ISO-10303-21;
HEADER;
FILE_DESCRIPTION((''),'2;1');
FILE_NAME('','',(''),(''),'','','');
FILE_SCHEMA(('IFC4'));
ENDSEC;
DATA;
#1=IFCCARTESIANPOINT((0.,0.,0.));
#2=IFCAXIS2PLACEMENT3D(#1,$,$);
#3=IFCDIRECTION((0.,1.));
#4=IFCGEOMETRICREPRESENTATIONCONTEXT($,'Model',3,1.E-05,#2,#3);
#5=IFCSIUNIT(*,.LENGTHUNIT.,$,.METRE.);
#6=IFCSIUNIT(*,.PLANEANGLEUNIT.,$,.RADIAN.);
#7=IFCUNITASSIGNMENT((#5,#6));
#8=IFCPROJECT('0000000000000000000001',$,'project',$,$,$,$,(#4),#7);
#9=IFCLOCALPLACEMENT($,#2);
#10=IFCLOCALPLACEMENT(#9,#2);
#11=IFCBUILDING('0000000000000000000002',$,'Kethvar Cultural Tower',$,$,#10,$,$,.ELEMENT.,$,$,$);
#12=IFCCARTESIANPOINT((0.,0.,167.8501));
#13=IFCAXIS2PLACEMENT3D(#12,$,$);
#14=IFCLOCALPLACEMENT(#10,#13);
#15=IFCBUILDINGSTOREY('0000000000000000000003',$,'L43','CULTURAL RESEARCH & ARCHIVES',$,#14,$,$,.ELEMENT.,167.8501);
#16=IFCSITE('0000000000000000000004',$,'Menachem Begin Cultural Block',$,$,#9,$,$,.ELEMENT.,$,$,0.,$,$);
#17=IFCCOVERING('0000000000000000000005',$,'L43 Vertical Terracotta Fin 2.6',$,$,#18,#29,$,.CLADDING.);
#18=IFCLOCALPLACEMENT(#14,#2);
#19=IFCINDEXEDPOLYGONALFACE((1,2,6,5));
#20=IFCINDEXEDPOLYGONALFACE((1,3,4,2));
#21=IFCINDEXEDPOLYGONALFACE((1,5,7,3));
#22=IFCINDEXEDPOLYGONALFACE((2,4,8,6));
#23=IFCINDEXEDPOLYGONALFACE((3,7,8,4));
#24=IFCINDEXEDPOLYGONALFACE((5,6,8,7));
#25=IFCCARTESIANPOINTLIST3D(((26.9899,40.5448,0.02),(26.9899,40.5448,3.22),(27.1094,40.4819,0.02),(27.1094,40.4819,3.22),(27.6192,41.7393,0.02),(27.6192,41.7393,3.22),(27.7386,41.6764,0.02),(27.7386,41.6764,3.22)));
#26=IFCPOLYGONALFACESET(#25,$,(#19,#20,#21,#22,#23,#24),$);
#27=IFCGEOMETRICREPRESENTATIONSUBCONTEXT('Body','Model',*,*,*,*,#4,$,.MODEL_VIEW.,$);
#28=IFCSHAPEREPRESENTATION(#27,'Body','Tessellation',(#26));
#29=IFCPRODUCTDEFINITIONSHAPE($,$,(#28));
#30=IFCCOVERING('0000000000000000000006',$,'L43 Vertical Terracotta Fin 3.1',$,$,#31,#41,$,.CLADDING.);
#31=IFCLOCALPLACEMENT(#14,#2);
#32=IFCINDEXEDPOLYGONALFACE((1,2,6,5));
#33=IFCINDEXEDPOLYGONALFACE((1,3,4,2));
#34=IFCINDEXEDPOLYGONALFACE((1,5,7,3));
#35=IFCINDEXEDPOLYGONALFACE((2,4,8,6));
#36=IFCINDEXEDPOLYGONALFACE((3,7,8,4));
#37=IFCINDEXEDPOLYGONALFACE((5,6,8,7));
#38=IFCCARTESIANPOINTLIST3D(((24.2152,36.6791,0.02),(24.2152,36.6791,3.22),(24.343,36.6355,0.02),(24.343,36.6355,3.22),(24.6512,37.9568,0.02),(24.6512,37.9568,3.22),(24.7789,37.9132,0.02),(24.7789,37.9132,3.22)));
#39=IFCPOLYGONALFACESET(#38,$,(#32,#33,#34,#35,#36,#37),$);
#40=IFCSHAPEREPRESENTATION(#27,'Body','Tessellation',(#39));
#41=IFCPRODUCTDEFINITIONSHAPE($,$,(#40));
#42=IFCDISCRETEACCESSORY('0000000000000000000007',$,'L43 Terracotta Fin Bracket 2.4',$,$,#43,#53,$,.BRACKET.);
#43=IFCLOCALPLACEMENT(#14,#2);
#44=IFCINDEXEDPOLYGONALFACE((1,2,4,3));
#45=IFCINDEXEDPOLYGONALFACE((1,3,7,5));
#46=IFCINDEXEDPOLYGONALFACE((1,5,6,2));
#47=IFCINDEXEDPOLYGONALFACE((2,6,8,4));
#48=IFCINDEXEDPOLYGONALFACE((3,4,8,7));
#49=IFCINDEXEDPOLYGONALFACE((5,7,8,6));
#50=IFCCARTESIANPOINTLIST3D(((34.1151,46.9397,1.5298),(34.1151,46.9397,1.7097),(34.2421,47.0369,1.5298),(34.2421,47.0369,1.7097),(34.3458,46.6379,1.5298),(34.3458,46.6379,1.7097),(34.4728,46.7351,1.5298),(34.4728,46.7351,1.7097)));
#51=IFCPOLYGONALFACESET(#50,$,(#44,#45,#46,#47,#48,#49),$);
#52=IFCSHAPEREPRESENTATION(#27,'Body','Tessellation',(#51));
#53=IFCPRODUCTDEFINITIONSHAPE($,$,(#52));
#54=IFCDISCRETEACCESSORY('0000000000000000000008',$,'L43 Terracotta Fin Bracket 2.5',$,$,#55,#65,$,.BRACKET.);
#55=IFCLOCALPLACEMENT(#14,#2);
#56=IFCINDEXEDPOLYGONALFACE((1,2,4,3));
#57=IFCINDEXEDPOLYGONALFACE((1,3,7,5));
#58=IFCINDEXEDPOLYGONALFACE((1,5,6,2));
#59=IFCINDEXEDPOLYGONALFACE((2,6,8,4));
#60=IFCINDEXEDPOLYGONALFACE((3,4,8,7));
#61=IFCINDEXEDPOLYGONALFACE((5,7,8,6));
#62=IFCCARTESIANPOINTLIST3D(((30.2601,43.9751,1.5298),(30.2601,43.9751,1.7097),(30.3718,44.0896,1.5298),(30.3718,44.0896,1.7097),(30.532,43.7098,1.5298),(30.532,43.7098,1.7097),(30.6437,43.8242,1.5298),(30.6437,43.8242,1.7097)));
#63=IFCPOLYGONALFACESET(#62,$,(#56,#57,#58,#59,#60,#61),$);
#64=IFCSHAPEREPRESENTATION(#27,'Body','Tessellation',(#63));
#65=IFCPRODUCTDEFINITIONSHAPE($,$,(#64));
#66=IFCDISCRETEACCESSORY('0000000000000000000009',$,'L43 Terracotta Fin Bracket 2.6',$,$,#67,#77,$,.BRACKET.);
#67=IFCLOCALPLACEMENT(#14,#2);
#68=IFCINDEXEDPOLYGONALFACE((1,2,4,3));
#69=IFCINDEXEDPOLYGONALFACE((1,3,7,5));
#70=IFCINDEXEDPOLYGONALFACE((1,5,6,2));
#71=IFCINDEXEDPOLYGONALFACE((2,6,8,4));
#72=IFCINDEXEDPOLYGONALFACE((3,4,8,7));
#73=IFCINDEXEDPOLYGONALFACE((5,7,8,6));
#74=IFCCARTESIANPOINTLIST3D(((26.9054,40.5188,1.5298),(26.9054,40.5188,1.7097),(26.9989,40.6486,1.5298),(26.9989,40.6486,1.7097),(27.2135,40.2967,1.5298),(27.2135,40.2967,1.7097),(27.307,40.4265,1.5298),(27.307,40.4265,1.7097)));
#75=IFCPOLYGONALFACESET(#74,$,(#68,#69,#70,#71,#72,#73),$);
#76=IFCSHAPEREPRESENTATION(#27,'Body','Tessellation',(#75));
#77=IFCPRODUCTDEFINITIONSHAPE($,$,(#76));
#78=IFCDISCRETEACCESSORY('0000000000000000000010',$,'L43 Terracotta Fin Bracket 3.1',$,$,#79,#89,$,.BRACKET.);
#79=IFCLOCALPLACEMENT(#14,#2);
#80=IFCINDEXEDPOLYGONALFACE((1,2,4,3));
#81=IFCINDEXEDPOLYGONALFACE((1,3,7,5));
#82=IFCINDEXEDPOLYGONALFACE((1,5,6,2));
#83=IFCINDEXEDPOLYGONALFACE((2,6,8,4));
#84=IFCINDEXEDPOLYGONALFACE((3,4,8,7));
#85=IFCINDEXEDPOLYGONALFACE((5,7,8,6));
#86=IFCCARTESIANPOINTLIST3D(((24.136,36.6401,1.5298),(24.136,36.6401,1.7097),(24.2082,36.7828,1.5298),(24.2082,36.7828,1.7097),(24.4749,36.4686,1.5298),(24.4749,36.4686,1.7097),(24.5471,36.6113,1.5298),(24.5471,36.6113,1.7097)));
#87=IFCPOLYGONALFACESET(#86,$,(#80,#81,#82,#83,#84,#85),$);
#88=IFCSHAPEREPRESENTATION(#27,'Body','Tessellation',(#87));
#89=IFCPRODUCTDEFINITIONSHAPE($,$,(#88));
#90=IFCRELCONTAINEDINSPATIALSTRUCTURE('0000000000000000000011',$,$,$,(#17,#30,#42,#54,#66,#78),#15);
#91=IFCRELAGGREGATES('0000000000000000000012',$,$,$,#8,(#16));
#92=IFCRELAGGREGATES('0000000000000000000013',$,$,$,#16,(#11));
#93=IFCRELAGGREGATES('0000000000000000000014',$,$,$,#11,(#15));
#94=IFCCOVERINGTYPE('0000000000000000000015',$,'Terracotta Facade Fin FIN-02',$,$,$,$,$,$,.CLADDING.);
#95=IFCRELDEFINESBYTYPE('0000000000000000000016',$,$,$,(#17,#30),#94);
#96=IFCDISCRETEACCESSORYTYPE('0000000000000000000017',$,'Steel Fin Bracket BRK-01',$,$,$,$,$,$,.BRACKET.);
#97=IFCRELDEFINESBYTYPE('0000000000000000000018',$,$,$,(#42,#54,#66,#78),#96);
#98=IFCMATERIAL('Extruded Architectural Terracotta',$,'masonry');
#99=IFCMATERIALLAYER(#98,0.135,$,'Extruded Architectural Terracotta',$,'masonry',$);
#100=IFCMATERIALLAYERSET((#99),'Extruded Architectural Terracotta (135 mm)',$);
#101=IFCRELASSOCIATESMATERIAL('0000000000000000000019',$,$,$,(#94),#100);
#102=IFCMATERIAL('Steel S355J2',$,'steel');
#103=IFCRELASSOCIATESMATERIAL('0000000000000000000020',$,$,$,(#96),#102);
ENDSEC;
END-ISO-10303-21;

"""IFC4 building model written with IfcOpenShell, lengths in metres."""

from ifc_helpers import new_model, si_unit, direction, frame, origin, origin_2d, place, context, subcontext, project, spatial, rectangle, extrude, source, transform, mapped, material, layer, layer_set, type_object, element, save


model = new_model("IFC4")

# Units and contexts
model_context = context("Model", 3, precision=1e-05, world=origin(), true_north=direction((0.0, 1.0)))
body_context = subcontext(model_context, "Body", "Model", "MODEL_VIEW")
ifc_project = project(units=[si_unit("LENGTHUNIT", "METRE"), si_unit("PLANEANGLEUNIT", "RADIAN")], contexts=[model_context])

# Site, building, storey
site_placement = place(None, origin())
site = spatial("IfcSite", under=ifc_project, at=site_placement, Name="Menachem Begin Cultural Block", CompositionType="ELEMENT", RefElevation=0.0)
building_placement = place(site_placement, origin())
building = spatial("IfcBuilding", under=site, at=building_placement, Name="Kethvar Cultural Tower", CompositionType="ELEMENT")
storey_placement = place(building_placement, frame((0.0, 0.0, 167.8501)))
storey = spatial("IfcBuildingStorey", under=building, at=storey_placement, Name="L43", Description="CULTURAL RESEARCH & ARCHIVES", CompositionType="ELEMENT", Elevation=167.8501)

# Shared definitions
ifc_material_1 = material(Name="Steel S355J2", Category="steel")

# Coverings
ifc_material_2 = material(Name="Extruded Architectural Terracotta", Category="masonry")
ifc_layer_1 = layer(ifc_material_2, 0.135, Name="Extruded Architectural Terracotta", Category="masonry")
ifc_layer_set_1 = layer_set([ifc_layer_1], Name="Extruded Architectural Terracotta (135 mm)")
covering_type = type_object("IfcCoveringType", Name="Terracotta Facade Fin FIN-02", PredefinedType="CLADDING", material=ifc_layer_set_1)
shared_shape_1 = source(origin(), body_context, "Body", "SweptSolid", [
    extrude(rectangle(XDim=1.3501, YDim=0.135, at=origin_2d()), origin(), (0.0, 0.0, 1.0), 3.2),
])
for number, where, z_axis, x_axis, name in (
    (1, (27.3643, 41.1106, 0.02), (0.0, 0.0, 1.0), (0.466078, 0.884744, 0.0), "L43 Vertical Terracotta Fin 2.6"),
    (2, (24.4971, 37.2961, 0.02), (0.0, 0.0, 1.0), (0.322927, 0.946424, 0.0), "L43 Vertical Terracotta Fin 3.1"),
):
    element("IfcCovering", number, at=place(storey_placement, frame(where, z_axis=z_axis, x_axis=x_axis)), inside=storey, type_object=covering_type, Name=name, PredefinedType="CLADDING", context=body_context, shape_type="MappedRepresentation", body=[
        mapped(shared_shape_1, transform((0.0, 0.0, 0.0), scale=1.0)),
    ])

# Discrete accessories
discrete_accessory_type = type_object("IfcDiscreteAccessoryType", Name="Steel Fin Bracket BRK-01", PredefinedType="BRACKET", material=ifc_material_1)
shared_shape_2 = source(origin(), body_context, "Body", "SweptSolid", [
    extrude(rectangle(XDim=0.3799, YDim=0.1599, at=origin_2d()), origin(), (0.0, 0.0, 1.0), 0.1799),
])
for number, where, z_axis, x_axis, name in (
    (3, (34.2939, 46.8374, 1.5298), (0.0, 0.0, 1.0), (-0.607376, 0.794415, 0.0), "L43 Terracotta Fin Bracket 2.4"),
    (4, (30.4519, 43.8997, 1.5298), (0.0, 0.0, 1.0), (-0.715571, 0.69854, 0.0), "L43 Terracotta Fin Bracket 2.5"),
    (5, (27.1062, 40.4727, 1.5298), (0.0, 0.0, 1.0), (-0.811268, 0.584675, 0.0), "L43 Terracotta Fin Bracket 2.6"),
    (6, (24.3416, 36.6257, 1.5298), (0.0, 0.0, 1.0), (-0.892271, 0.451501, 0.0), "L43 Terracotta Fin Bracket 3.1"),
):
    element("IfcDiscreteAccessory", number, at=place(storey_placement, frame(where, z_axis=z_axis, x_axis=x_axis)), inside=storey, type_object=discrete_accessory_type, Name=name, PredefinedType="BRACKET", context=body_context, shape_type="MappedRepresentation", body=[
        mapped(shared_shape_2, transform((0.0, 0.0, 0.0), scale=1.0)),
    ])

save(model, "model.ifc")
